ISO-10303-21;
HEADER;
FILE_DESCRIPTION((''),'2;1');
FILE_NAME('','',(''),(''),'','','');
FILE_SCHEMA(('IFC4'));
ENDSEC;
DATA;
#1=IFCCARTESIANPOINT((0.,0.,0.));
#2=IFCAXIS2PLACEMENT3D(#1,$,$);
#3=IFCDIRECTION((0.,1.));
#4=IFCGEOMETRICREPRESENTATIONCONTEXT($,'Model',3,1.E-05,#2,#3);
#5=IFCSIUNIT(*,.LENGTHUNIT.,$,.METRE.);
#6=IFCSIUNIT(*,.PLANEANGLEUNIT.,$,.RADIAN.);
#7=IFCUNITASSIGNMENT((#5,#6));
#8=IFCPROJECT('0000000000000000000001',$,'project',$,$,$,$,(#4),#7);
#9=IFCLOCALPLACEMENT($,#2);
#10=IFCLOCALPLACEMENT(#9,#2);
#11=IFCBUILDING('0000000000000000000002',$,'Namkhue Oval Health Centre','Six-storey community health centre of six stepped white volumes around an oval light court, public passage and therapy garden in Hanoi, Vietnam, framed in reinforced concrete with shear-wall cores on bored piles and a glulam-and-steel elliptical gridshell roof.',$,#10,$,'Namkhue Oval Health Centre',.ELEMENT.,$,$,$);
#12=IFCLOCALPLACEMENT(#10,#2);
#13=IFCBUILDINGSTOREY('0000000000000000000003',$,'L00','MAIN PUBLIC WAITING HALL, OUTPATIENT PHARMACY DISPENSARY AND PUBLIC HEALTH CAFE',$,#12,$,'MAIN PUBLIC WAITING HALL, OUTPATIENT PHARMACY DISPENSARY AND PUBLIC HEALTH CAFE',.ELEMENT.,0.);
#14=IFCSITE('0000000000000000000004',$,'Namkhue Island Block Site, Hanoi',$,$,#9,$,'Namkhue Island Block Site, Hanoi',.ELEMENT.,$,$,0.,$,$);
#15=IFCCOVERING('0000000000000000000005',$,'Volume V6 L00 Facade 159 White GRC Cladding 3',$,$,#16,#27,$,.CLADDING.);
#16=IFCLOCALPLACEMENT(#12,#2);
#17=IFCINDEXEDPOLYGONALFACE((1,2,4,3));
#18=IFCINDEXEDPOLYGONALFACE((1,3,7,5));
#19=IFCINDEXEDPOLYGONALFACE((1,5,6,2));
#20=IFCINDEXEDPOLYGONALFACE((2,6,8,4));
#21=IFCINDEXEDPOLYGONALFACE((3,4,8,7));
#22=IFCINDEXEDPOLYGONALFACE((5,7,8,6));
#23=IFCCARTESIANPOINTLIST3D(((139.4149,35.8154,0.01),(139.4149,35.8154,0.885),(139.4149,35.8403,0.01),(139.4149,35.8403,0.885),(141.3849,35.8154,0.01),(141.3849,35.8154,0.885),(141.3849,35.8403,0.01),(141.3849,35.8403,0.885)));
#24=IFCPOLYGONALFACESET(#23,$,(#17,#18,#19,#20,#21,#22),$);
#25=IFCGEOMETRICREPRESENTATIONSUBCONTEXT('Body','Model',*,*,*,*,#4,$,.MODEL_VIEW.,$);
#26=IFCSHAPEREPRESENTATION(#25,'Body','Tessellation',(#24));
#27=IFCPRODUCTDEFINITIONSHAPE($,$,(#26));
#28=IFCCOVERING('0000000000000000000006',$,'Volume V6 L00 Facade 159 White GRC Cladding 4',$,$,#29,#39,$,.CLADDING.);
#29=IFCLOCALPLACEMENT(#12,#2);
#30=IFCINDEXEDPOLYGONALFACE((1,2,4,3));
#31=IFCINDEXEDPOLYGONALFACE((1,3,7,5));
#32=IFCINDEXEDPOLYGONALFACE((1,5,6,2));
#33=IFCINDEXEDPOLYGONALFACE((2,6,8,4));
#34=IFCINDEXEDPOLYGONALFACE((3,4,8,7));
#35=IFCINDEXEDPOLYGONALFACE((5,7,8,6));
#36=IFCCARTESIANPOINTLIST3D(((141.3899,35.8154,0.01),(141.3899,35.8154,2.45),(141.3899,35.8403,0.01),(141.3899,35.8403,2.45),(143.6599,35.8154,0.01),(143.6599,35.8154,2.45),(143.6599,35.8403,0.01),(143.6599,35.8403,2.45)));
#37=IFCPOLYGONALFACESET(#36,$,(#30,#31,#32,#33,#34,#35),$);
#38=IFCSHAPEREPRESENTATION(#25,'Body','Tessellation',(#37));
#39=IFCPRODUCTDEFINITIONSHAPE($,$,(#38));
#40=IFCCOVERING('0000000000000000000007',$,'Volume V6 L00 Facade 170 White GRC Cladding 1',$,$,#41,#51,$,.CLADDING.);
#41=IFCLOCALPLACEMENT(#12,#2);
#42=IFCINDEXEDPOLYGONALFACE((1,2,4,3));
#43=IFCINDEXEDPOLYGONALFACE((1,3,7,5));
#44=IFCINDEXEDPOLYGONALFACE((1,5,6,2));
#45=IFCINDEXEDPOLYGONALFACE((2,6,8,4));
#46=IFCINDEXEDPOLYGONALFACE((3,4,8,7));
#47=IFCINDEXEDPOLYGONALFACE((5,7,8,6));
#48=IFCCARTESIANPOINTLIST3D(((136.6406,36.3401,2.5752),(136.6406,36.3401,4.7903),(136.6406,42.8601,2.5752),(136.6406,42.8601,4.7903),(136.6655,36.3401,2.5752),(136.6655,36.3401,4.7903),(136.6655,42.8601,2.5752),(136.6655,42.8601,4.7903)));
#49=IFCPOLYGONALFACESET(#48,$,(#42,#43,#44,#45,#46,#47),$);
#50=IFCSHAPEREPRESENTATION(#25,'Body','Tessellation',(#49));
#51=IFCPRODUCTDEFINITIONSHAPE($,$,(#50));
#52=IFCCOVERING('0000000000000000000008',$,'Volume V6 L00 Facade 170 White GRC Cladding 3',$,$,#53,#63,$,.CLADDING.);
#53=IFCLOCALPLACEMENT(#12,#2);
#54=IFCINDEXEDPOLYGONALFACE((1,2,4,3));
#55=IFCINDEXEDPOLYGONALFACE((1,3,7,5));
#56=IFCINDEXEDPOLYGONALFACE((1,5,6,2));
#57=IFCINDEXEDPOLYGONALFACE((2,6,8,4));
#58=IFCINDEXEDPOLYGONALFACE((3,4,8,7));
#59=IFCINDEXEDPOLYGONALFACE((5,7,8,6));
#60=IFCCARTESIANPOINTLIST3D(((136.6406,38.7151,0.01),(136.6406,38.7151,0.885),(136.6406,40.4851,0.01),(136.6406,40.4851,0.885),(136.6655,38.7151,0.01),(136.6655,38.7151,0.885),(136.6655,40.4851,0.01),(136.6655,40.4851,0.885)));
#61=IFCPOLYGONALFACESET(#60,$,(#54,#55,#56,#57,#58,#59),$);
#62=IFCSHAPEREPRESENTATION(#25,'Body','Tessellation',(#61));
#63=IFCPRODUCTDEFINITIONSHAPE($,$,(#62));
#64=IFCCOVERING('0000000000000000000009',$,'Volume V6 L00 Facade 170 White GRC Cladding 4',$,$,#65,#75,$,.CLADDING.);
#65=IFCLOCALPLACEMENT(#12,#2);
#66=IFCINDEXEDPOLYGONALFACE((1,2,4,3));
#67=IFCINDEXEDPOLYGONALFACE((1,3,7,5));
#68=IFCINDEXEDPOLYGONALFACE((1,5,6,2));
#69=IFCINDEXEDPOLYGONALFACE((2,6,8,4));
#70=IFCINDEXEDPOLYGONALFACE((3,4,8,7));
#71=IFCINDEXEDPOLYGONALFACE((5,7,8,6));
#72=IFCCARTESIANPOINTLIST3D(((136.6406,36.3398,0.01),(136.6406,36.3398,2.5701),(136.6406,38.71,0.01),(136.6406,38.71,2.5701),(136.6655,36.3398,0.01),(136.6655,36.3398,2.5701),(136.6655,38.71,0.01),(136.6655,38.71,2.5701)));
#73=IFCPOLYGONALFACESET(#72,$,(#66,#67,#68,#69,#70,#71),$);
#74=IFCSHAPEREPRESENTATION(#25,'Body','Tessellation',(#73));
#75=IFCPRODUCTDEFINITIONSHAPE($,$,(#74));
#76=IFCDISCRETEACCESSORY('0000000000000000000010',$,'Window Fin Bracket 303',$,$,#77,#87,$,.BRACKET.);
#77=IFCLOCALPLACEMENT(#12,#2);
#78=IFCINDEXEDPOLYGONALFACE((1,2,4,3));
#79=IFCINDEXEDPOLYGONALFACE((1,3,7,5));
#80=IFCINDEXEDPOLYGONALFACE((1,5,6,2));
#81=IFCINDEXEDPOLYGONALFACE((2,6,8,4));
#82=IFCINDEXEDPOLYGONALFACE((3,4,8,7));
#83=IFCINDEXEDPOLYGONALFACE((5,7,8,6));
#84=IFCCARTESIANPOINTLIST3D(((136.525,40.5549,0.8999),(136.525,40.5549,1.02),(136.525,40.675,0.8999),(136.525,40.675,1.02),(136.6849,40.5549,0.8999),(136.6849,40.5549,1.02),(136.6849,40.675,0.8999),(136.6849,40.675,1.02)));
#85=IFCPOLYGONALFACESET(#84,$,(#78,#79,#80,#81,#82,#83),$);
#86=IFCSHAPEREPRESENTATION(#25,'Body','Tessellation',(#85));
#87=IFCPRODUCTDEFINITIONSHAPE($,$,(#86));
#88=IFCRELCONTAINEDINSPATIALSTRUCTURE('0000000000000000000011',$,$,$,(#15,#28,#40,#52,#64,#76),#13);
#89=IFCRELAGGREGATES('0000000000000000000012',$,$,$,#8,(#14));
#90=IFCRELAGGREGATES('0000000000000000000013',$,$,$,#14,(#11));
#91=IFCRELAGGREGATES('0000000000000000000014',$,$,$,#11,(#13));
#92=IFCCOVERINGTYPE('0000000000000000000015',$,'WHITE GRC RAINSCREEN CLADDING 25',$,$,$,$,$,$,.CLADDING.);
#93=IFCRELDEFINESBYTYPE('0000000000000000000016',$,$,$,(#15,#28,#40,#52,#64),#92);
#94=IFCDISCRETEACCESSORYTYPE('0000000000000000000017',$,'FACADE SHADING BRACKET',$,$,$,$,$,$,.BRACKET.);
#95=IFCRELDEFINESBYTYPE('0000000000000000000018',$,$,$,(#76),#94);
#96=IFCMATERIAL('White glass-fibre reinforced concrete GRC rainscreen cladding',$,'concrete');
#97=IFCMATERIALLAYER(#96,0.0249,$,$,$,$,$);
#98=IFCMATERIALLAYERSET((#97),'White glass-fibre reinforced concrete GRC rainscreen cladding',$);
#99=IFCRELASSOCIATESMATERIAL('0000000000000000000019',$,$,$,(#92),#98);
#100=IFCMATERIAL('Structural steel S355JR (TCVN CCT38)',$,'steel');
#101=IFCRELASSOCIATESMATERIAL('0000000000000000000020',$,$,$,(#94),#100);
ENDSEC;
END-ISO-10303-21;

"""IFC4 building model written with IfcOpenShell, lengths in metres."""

from ifc_helpers import new_model, si_unit, direction, frame, origin, origin_2d, place, context, subcontext, project, spatial, rectangle, extrude, material, layer, layer_set, type_object, element, save


model = new_model("IFC4")

# Units and contexts
model_context = context("Model", 3, precision=1e-05, world=origin(), true_north=direction((0.0, 1.0)))
body_context = subcontext(model_context, "Body", "Model", "MODEL_VIEW")
ifc_project = project(units=[si_unit("LENGTHUNIT", "METRE"), si_unit("PLANEANGLEUNIT", "RADIAN")], contexts=[model_context])

# Site, building, storey
site_placement = place(None, origin())
site = spatial("IfcSite", under=ifc_project, at=site_placement, Name="Namkhue Island Block Site, Hanoi", LongName="Namkhue Island Block Site, Hanoi", CompositionType="ELEMENT", RefElevation=0.0)
building_placement = place(site_placement, origin())
building = spatial("IfcBuilding", under=site, at=building_placement, Name="Namkhue Oval Health Centre", Description="Six-storey community health centre of six stepped white volumes around an oval light court, public passage and therapy garden in Hanoi, Vietnam, framed in reinforced concrete with shear-wall cores on bored piles and a glulam-and-steel elliptical gridshell roof.", LongName="Namkhue Oval Health Centre", CompositionType="ELEMENT")
storey_placement = place(building_placement, origin())
storey = spatial("IfcBuildingStorey", under=building, at=storey_placement, Name="L00", Description="MAIN PUBLIC WAITING HALL, OUTPATIENT PHARMACY DISPENSARY AND PUBLIC HEALTH CAFE", LongName="MAIN PUBLIC WAITING HALL, OUTPATIENT PHARMACY DISPENSARY AND PUBLIC HEALTH CAFE", CompositionType="ELEMENT", Elevation=0.0)

# Coverings
ifc_material_1 = material(Name="White glass-fibre reinforced concrete GRC rainscreen cladding", Category="concrete")
ifc_layer_1 = layer(ifc_material_1, 0.0249)
ifc_layer_set_1 = layer_set([ifc_layer_1], Name="White glass-fibre reinforced concrete GRC rainscreen cladding")
covering_type = type_object("IfcCoveringType", Name="WHITE GRC RAINSCREEN CLADDING 25", PredefinedType="CLADDING", material=ifc_layer_set_1)
covering_1_placement = place(storey_placement, frame((140.3999, 35.8279, 0.01), z_axis=(0.0, 0.0, 1.0), x_axis=(1.0, 0.0, 0.0)))
element("IfcCovering", 1, at=covering_1_placement, inside=storey, type_object=covering_type, Name="Volume V6 L00 Facade 159 White GRC Cladding 3", PredefinedType="CLADDING", context=body_context, shape_type="SweptSolid", body=[
    extrude(rectangle(XDim=1.97, YDim=0.0249, at=origin_2d()), origin(), (0.0, 0.0, 1.0), 0.875),
])
covering_2_placement = place(storey_placement, frame((142.5249, 35.8279, 0.01), z_axis=(0.0, 0.0, 1.0), x_axis=(1.0, 0.0, 0.0)))
element("IfcCovering", 2, at=covering_2_placement, inside=storey, type_object=covering_type, Name="Volume V6 L00 Facade 159 White GRC Cladding 4", PredefinedType="CLADDING", context=body_context, shape_type="SweptSolid", body=[
    extrude(rectangle(XDim=2.27, YDim=0.0249, at=origin_2d()), origin(), (0.0, 0.0, 1.0), 2.4399),
])
covering_3_placement = place(storey_placement, frame((136.6531, 39.6001, 2.5752), z_axis=(0.0, 0.0, 1.0), x_axis=(0.0, -1.0, 0.0)))
element("IfcCovering", 3, at=covering_3_placement, inside=storey, type_object=covering_type, Name="Volume V6 L00 Facade 170 White GRC Cladding 1", PredefinedType="CLADDING", context=body_context, shape_type="SweptSolid", body=[
    extrude(rectangle(XDim=6.52, YDim=0.0249, at=origin_2d()), origin(), (0.0, 0.0, 1.0), 2.2151),
])
covering_4_placement = place(storey_placement, frame((136.6531, 39.6001, 0.01), z_axis=(0.0, 0.0, 1.0), x_axis=(0.0, -1.0, 0.0)))
element("IfcCovering", 4, at=covering_4_placement, inside=storey, type_object=covering_type, Name="Volume V6 L00 Facade 170 White GRC Cladding 3", PredefinedType="CLADDING", context=body_context, shape_type="SweptSolid", body=[
    extrude(rectangle(XDim=1.77, YDim=0.0249, at=origin_2d()), origin(), (0.0, 0.0, 1.0), 0.875),
])
covering_5_placement = place(storey_placement, frame((136.6531, 37.5249, 0.01), z_axis=(0.0, 0.0, 1.0), x_axis=(0.0, -1.0, 0.0)))
element("IfcCovering", 5, at=covering_5_placement, inside=storey, type_object=covering_type, Name="Volume V6 L00 Facade 170 White GRC Cladding 4", PredefinedType="CLADDING", context=body_context, shape_type="SweptSolid", body=[
    extrude(rectangle(XDim=2.3701, YDim=0.0249, at=origin_2d()), origin(), (0.0, 0.0, 1.0), 2.5601),
])

# Discrete accessory
ifc_material_2 = material(Name="Structural steel S355JR (TCVN CCT38)", Category="steel")
discrete_accessory_type = type_object("IfcDiscreteAccessoryType", Name="FACADE SHADING BRACKET", PredefinedType="BRACKET", material=ifc_material_2)
discrete_accessory_placement = place(storey_placement, frame((136.605, 40.615, 0.8999), z_axis=(0.0, 0.0, 1.0), x_axis=(-1.0, 0.0, 0.0)))
element("IfcDiscreteAccessory", 6, at=discrete_accessory_placement, inside=storey, type_object=discrete_accessory_type, Name="Window Fin Bracket 303", PredefinedType="BRACKET", context=body_context, shape_type="SweptSolid", body=[
    extrude(rectangle(XDim=0.1599, YDim=0.1201, at=origin_2d()), origin(), (0.0, 0.0, 1.0), 0.1201),
])

save(model, "model.ifc")
